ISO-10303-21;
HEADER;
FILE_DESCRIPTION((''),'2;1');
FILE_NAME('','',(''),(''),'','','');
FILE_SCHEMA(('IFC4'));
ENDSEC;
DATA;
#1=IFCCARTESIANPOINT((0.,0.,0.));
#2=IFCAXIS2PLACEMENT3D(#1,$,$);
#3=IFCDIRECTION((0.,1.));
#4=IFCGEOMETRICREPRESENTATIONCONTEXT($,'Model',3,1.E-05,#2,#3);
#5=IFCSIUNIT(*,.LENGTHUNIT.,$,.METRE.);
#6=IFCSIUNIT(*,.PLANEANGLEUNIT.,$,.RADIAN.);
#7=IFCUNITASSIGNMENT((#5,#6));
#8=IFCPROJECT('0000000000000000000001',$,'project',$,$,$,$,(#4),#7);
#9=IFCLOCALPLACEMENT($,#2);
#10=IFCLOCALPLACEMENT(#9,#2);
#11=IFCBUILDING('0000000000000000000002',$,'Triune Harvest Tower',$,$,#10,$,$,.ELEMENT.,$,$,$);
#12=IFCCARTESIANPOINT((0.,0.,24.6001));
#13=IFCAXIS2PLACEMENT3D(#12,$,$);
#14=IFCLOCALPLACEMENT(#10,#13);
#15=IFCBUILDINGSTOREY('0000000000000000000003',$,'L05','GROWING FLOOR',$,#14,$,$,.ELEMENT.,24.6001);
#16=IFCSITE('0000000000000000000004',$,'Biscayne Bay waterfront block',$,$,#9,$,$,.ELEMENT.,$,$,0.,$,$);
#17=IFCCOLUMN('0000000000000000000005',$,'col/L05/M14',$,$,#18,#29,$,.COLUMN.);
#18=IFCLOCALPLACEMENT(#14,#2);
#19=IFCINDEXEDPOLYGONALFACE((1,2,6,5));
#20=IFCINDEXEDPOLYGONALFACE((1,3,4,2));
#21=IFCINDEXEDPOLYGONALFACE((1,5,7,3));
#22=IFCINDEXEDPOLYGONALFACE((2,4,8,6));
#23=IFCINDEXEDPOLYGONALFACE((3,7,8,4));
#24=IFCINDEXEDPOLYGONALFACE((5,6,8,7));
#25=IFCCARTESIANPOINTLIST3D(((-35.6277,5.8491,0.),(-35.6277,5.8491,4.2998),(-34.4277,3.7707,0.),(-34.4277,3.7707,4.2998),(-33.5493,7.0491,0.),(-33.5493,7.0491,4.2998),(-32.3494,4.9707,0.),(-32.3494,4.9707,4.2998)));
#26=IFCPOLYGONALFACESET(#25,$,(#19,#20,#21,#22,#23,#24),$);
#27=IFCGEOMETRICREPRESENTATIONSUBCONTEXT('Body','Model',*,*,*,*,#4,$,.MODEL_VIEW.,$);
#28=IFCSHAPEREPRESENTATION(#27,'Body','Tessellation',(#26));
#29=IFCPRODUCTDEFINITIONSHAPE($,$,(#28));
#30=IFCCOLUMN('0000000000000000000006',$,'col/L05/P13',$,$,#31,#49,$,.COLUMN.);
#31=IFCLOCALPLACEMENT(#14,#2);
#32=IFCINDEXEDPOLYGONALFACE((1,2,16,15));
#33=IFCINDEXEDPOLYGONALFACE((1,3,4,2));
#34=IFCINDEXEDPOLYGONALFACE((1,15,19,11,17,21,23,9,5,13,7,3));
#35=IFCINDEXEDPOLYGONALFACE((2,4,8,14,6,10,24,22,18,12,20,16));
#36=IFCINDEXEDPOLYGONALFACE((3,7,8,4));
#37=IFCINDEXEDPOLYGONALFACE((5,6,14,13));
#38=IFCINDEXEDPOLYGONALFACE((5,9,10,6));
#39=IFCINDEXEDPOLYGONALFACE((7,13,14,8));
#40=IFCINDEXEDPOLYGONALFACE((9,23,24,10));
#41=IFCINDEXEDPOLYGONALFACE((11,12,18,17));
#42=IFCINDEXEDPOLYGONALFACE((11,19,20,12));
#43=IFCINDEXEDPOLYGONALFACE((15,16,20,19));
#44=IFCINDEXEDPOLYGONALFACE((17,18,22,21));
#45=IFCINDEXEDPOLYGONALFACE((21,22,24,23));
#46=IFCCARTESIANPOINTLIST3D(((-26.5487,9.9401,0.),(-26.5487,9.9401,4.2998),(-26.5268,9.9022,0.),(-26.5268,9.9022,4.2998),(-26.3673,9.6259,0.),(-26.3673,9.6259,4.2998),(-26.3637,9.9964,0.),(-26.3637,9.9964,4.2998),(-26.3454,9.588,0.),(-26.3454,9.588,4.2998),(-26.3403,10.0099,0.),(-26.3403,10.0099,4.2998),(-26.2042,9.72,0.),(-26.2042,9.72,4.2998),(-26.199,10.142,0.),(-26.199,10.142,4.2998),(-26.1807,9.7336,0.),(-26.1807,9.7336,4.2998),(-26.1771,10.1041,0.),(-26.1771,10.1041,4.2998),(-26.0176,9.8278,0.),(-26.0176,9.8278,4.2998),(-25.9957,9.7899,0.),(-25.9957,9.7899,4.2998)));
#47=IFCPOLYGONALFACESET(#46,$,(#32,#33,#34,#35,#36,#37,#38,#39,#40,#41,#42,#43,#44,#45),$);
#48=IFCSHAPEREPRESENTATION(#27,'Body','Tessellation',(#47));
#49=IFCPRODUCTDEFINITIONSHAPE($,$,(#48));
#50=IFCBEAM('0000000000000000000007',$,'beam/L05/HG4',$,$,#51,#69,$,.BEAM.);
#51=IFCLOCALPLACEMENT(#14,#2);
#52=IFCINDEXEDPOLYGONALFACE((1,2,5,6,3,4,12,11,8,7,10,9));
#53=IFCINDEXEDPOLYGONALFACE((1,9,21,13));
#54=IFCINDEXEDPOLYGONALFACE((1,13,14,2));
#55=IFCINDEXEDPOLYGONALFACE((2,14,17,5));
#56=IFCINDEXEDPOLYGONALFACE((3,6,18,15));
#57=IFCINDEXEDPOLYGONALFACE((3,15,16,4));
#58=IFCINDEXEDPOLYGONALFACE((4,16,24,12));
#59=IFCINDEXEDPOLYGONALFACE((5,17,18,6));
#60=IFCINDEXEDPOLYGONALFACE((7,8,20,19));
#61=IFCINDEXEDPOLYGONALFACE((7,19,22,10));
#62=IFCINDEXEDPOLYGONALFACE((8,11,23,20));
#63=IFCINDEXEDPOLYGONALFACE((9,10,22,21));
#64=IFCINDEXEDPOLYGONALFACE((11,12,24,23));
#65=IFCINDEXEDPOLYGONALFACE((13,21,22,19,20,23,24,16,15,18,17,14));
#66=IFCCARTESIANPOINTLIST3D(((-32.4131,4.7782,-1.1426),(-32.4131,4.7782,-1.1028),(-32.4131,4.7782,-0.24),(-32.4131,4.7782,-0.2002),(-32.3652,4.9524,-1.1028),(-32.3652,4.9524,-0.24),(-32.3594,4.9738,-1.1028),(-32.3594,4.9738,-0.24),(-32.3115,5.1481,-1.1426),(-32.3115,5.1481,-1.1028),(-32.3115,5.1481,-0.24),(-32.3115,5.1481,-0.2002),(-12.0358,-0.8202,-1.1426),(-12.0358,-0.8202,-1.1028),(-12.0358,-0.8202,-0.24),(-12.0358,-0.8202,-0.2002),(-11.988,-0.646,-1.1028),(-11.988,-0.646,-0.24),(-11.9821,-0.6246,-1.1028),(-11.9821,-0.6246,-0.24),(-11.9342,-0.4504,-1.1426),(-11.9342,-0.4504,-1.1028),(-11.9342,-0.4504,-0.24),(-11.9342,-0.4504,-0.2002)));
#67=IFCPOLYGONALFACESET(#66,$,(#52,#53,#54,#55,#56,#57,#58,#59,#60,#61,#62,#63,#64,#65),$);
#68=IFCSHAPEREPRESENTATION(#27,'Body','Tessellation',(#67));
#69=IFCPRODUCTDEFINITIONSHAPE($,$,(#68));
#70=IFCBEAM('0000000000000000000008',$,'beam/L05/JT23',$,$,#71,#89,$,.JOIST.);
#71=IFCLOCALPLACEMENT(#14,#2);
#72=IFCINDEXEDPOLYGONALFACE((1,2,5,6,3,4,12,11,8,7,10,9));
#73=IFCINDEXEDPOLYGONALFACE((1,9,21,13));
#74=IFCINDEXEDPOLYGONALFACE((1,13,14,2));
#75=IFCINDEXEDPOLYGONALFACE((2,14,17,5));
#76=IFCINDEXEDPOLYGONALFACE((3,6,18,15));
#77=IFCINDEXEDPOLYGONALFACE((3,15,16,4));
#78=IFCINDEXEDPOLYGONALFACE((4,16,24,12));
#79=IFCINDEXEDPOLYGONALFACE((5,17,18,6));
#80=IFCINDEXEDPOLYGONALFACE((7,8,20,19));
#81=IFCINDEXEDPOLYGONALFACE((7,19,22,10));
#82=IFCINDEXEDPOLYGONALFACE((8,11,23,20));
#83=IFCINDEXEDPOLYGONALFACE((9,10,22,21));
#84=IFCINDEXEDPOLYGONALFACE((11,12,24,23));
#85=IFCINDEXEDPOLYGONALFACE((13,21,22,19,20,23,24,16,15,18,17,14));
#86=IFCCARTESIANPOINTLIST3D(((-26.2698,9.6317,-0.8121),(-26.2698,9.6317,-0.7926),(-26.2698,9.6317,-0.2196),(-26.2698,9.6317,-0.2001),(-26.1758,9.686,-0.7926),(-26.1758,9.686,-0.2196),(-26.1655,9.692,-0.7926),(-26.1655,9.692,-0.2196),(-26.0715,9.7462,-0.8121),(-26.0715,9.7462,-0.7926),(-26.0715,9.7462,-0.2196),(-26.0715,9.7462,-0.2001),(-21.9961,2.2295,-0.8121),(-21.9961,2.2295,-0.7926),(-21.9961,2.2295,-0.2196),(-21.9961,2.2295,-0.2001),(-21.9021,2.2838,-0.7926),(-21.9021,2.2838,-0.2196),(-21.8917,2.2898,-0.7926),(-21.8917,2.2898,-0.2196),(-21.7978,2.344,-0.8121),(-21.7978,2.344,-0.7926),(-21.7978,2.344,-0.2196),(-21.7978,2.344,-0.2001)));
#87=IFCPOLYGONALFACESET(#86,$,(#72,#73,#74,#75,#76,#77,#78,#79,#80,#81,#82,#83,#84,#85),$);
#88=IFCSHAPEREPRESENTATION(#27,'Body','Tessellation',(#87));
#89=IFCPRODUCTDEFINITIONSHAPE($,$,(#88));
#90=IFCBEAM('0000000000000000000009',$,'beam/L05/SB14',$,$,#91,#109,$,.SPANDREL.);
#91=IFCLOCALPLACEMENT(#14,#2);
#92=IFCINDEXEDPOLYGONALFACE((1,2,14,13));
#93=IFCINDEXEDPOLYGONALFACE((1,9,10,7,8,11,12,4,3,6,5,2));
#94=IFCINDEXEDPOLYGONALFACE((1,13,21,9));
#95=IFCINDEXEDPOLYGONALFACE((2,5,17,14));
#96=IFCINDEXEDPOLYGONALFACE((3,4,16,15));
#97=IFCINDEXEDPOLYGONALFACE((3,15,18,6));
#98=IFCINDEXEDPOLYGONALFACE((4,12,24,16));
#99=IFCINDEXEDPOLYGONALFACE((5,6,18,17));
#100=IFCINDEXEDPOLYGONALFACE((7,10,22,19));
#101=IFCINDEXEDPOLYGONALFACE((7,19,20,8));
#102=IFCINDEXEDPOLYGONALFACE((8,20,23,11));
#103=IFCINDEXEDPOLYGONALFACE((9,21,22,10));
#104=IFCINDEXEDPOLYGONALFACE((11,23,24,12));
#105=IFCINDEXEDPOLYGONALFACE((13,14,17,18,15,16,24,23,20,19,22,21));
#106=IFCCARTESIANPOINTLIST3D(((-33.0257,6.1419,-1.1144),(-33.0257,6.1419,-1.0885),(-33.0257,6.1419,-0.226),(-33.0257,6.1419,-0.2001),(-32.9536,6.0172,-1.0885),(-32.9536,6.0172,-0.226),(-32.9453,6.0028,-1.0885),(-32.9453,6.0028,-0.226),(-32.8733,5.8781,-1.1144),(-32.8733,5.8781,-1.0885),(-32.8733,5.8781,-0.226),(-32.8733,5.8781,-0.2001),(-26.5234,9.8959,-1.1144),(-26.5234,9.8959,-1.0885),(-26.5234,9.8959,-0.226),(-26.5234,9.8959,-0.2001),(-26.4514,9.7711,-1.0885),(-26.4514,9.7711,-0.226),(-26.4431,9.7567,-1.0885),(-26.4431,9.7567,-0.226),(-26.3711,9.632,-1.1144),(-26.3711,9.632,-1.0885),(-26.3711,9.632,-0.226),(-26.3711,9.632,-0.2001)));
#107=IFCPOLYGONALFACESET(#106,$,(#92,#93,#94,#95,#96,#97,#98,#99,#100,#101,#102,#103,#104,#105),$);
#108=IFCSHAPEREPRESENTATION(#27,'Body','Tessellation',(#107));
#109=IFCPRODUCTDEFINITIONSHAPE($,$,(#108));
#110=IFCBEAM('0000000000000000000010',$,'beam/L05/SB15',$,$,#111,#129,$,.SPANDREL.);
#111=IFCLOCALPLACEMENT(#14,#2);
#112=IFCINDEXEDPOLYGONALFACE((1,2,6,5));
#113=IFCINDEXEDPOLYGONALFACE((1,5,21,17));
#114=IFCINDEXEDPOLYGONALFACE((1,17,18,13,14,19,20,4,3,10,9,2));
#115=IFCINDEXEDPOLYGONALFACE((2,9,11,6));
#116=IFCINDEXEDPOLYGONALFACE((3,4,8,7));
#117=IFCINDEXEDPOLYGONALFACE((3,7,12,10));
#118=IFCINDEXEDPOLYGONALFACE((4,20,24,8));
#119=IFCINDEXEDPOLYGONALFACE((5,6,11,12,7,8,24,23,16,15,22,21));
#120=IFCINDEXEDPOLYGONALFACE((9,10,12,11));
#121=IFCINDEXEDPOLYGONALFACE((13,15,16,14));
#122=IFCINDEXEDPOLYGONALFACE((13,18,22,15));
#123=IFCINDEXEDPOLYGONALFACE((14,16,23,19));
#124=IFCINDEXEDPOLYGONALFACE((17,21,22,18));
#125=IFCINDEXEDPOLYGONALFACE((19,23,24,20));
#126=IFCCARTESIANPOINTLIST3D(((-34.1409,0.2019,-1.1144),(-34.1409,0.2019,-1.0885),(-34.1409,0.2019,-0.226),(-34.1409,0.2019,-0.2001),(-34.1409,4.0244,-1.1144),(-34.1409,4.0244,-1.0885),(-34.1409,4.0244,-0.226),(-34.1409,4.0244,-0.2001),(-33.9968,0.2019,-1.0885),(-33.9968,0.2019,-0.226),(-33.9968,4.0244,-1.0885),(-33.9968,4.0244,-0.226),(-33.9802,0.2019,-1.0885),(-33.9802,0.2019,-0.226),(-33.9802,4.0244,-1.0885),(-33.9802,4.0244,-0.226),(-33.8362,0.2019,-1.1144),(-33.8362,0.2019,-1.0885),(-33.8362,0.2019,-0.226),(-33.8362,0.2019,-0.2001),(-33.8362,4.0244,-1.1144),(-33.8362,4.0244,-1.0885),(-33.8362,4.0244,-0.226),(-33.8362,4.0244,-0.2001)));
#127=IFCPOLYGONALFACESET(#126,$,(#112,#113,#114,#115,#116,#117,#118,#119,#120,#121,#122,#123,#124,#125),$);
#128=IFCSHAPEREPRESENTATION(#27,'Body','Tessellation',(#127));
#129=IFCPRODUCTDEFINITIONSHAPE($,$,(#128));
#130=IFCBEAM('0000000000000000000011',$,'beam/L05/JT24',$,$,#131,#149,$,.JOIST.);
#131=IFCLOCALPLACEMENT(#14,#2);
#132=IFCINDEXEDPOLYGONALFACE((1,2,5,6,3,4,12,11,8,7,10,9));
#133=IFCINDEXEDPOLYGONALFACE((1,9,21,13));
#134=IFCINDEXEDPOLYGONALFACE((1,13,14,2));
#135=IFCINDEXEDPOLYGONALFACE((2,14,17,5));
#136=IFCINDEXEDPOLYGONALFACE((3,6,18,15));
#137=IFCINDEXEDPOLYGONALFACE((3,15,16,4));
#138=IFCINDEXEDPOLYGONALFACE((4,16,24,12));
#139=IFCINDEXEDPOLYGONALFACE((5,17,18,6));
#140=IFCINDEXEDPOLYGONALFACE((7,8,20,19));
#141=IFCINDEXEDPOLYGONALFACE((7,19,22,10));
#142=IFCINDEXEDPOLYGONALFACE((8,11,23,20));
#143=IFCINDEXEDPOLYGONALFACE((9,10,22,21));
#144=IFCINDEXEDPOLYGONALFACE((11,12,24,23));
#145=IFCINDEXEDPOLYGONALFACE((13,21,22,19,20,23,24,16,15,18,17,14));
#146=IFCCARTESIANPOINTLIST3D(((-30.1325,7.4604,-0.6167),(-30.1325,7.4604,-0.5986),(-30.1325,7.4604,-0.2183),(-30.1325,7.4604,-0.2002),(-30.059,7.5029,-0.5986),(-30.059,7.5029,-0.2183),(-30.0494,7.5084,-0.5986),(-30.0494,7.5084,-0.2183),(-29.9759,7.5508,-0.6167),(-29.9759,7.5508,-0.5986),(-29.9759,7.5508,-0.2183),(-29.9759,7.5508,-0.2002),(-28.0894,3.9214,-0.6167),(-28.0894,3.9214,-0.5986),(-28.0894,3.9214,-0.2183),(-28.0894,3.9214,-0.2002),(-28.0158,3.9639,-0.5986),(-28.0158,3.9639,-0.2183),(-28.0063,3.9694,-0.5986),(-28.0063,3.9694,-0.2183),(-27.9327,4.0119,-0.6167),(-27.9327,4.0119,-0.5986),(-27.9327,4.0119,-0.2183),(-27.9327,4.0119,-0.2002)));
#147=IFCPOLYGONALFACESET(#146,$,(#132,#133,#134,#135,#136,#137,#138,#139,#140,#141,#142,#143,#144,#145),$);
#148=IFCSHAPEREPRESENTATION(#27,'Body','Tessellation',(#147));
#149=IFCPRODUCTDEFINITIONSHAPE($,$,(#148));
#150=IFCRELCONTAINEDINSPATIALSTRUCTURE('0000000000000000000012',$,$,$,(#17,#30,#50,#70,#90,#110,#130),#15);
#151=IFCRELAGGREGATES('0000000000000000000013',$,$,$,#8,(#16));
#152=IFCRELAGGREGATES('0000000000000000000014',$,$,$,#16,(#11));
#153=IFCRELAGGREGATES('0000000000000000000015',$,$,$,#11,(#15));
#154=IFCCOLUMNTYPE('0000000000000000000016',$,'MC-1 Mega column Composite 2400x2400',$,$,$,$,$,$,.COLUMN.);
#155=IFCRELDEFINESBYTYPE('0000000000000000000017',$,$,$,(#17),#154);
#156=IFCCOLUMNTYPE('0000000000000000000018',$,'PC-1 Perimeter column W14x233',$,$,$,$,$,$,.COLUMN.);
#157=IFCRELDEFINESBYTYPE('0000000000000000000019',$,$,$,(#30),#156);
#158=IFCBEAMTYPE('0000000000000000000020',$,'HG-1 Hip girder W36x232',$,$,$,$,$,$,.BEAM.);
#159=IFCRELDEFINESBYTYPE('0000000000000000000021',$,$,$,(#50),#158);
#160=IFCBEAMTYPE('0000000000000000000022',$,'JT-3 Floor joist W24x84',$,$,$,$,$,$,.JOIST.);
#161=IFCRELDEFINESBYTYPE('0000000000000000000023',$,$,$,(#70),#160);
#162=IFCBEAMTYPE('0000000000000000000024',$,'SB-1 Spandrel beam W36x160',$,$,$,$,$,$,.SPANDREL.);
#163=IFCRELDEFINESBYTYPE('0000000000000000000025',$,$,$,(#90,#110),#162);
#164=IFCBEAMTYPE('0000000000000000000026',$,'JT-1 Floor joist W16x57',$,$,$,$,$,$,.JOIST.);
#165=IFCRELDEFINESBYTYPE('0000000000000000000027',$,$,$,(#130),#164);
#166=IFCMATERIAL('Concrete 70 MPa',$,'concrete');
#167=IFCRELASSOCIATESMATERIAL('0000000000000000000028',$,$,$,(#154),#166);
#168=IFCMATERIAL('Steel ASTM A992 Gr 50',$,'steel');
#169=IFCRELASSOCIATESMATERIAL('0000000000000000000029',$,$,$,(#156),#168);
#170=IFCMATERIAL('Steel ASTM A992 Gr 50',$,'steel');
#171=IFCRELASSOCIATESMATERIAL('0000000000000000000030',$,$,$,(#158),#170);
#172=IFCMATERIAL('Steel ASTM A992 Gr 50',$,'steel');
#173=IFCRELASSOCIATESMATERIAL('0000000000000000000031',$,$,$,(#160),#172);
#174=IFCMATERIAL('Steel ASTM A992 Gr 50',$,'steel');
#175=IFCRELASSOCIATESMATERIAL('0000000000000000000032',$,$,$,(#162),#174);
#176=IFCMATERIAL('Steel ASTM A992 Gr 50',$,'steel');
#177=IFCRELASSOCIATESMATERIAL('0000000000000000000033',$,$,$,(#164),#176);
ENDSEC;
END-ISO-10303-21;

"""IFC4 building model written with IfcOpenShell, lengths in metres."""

from ifc_helpers import new_model, si_unit, direction, frame, origin, origin_2d, place, context, subcontext, project, spatial, rectangle, i_section, extrude, source, transform, mapped, material, material_profile, profile_set, type_object, element, save


model = new_model("IFC4")

# Units and contexts
model_context = context("Model", 3, precision=1e-05, world=origin(), true_north=direction((0.0, 1.0)))
body_context = subcontext(model_context, "Body", "Model", "MODEL_VIEW")
ifc_project = project(units=[si_unit("LENGTHUNIT", "METRE"), si_unit("PLANEANGLEUNIT", "RADIAN")], contexts=[model_context])

# Site, building, storey
site_placement = place(None, origin())
site = spatial("IfcSite", under=ifc_project, at=site_placement, Name="Biscayne Bay waterfront block", CompositionType="ELEMENT", RefElevation=0.0)
building_placement = place(site_placement, origin())
building = spatial("IfcBuilding", under=site, at=building_placement, Name="Triune Harvest Tower", CompositionType="ELEMENT")
storey_placement = place(building_placement, frame((0.0, 0.0, 24.6001)))
storey = spatial("IfcBuildingStorey", under=building, at=storey_placement, Name="L05", Description="GROWING FLOOR", CompositionType="ELEMENT", Elevation=24.6001)

# Columns
ifc_material_1 = material(Name="Concrete 70 MPa", Category="concrete")
ifc_material_profile_1 = material_profile(ifc_material_1, rectangle(XDim=2.3999, YDim=2.3999, at=origin_2d()), Name="Composite 2400x2400")
ifc_profile_set_1 = profile_set([ifc_material_profile_1], Name="Concrete 70 MPa")
column_type_1 = type_object("IfcColumnType", Name="MC-1 Mega column Composite 2400x2400", PredefinedType="COLUMN", material=ifc_profile_set_1)
shared_shape_1 = source(origin(), body_context, "Body", "SweptSolid", [
    extrude(rectangle(XDim=2.3999, YDim=2.3999, at=origin_2d()), origin(), (0.0, 0.0, 1.0), 4.2998),
])
column_1_placement = place(storey_placement, frame((-33.9885, 5.4099, 0.0), z_axis=(0.0, 0.0, 1.0), x_axis=(-0.866025, -0.5, 0.0)))
element("IfcColumn", 1, at=column_1_placement, inside=storey, type_object=column_type_1, Name="col/L05/M14", PredefinedType="COLUMN", context=body_context, shape_type="MappedRepresentation", body=[
    mapped(shared_shape_1, transform((0.0, 0.0, 0.0), scale=1.0)),
])
ifc_material_2 = material(Name="Steel ASTM A992 Gr 50", Category="steel")
ifc_material_profile_2 = material_profile(ifc_material_2, i_section(OverallWidth=0.4038, OverallDepth=0.4065, WebThickness=0.0271, FlangeThickness=0.0437, at=origin_2d()), Name="W14x233")
ifc_profile_set_2 = profile_set([ifc_material_profile_2], Name="Steel ASTM A992 Gr 50")
column_type_2 = type_object("IfcColumnType", Name="PC-1 Perimeter column W14x233", PredefinedType="COLUMN", material=ifc_profile_set_2)
shared_shape_2 = source(origin(), body_context, "Body", "SweptSolid", [
    extrude(i_section(OverallWidth=0.4038, OverallDepth=0.4065, WebThickness=0.0271, FlangeThickness=0.0437, at=origin_2d()), origin(), (0.0, 0.0, 1.0), 4.2998),
])
column_2_placement = place(storey_placement, frame((-26.2722, 9.865, 0.0), z_axis=(0.0, 0.0, 1.0), x_axis=(-0.866025, -0.5, 0.0)))
element("IfcColumn", 2, at=column_2_placement, inside=storey, type_object=column_type_2, Name="col/L05/P13", PredefinedType="COLUMN", context=body_context, shape_type="MappedRepresentation", body=[
    mapped(shared_shape_2, transform((0.0, 0.0, 0.0), scale=1.0)),
])

# Beams
ifc_material_3 = material(Name="Steel ASTM A992 Gr 50", Category="steel")
ifc_material_profile_3 = material_profile(ifc_material_3, i_section(OverallWidth=0.3835, OverallDepth=0.9424, WebThickness=0.0222, FlangeThickness=0.0398, at=origin_2d()), Name="W36x232")
ifc_profile_set_3 = profile_set([ifc_material_profile_3], Name="Steel ASTM A992 Gr 50")
beam_type_1 = type_object("IfcBeamType", Name="HG-1 Hip girder W36x232", PredefinedType="BEAM", material=ifc_profile_set_3)
shared_shape_3 = source(origin(), body_context, "Body", "SweptSolid", [
    extrude(i_section(OverallWidth=0.3835, OverallDepth=0.9424, WebThickness=0.0222, FlangeThickness=0.0398, at=origin_2d()), origin(), (0.0, 0.0, 1.0), 21.1323),
])
beam_1_placement = place(storey_placement, frame((-32.3623, 4.9631, -0.6714), z_axis=(0.96427, -0.264922, 0.0), x_axis=(0.264922, 0.96427, 0.0)))
element("IfcBeam", 3, at=beam_1_placement, inside=storey, type_object=beam_type_1, Name="beam/L05/HG4", PredefinedType="BEAM", context=body_context, shape_type="MappedRepresentation", body=[
    mapped(shared_shape_3, transform((0.0, 0.0, 0.0), scale=1.0)),
])
ifc_material_4 = material(Name="Steel ASTM A992 Gr 50", Category="steel")
ifc_material_profile_4 = material_profile(ifc_material_4, i_section(OverallWidth=0.229, OverallDepth=0.6121, WebThickness=0.012, FlangeThickness=0.0195, at=origin_2d()), Name="W24x84")
ifc_profile_set_4 = profile_set([ifc_material_profile_4], Name="Steel ASTM A992 Gr 50")
beam_type_2 = type_object("IfcBeamType", Name="JT-3 Floor joist W24x84", PredefinedType="JOIST", material=ifc_profile_set_4)
shared_shape_4 = source(origin(), body_context, "Body", "SweptSolid", [
    extrude(i_section(OverallWidth=0.229, OverallDepth=0.6121, WebThickness=0.012, FlangeThickness=0.0195, at=origin_2d()), origin(), (0.0, 0.0, 1.0), 8.5474),
])
beam_2_placement = place(storey_placement, frame((-26.1707, 9.689, -0.5061), z_axis=(0.500007, -0.866021, 0.0), x_axis=(0.866021, 0.500007, 0.0)))
element("IfcBeam", 4, at=beam_2_placement, inside=storey, type_object=beam_type_2, Name="beam/L05/JT23", PredefinedType="JOIST", context=body_context, shape_type="MappedRepresentation", body=[
    mapped(shared_shape_4, transform((0.0, 0.0, 0.0), scale=1.0)),
])
ifc_material_5 = material(Name="Steel ASTM A992 Gr 50", Category="steel")
ifc_material_profile_5 = material_profile(ifc_material_5, i_section(OverallWidth=0.3047, OverallDepth=0.9143, WebThickness=0.0166, FlangeThickness=0.0259, at=origin_2d()), Name="W36x160")
ifc_profile_set_5 = profile_set([ifc_material_profile_5], Name="Steel ASTM A992 Gr 50")
beam_type_3 = type_object("IfcBeamType", Name="SB-1 Spandrel beam W36x160", PredefinedType="SPANDREL", material=ifc_profile_set_5)
shared_shape_5 = source(origin(), body_context, "Body", "SweptSolid", [
    extrude(i_section(OverallWidth=0.3047, OverallDepth=0.9143, WebThickness=0.0166, FlangeThickness=0.0259, at=origin_2d()), origin(), (0.0, 0.0, 1.0), 7.5081),
])
beam_3_placement = place(storey_placement, frame((-26.4473, 9.7639, -0.6572), z_axis=(-0.866033, -0.499986, 0.0), x_axis=(0.499986, -0.866033, 0.0)))
element("IfcBeam", 5, at=beam_3_placement, inside=storey, type_object=beam_type_3, Name="beam/L05/SB14", PredefinedType="SPANDREL", context=body_context, shape_type="MappedRepresentation", body=[
    mapped(shared_shape_5, transform((0.0, 0.0, 0.0), scale=1.0)),
])
shared_shape_6 = source(origin(), body_context, "Body", "SweptSolid", [
    extrude(i_section(OverallWidth=0.3047, OverallDepth=0.9143, WebThickness=0.0166, FlangeThickness=0.0259, at=origin_2d()), origin(), (0.0, 0.0, 1.0), 3.8225),
])
beam_4_placement = place(storey_placement, frame((-33.9885, 4.0244, -0.6572), z_axis=(0.0, -1.0, 0.0), x_axis=(1.0, 0.0, 0.0)))
element("IfcBeam", 6, at=beam_4_placement, inside=storey, type_object=beam_type_3, Name="beam/L05/SB15", PredefinedType="SPANDREL", context=body_context, shape_type="MappedRepresentation", body=[
    mapped(shared_shape_6, transform((0.0, 0.0, 0.0), scale=1.0)),
])
ifc_material_6 = material(Name="Steel ASTM A992 Gr 50", Category="steel")
ifc_material_profile_6 = material_profile(ifc_material_6, i_section(OverallWidth=0.1809, OverallDepth=0.4165, WebThickness=0.011, FlangeThickness=0.0181, at=origin_2d()), Name="W16x57")
ifc_profile_set_6 = profile_set([ifc_material_profile_6], Name="Steel ASTM A992 Gr 50")
beam_type_4 = type_object("IfcBeamType", Name="JT-1 Floor joist W16x57", PredefinedType="JOIST", material=ifc_profile_set_6)
shared_shape_7 = source(origin(), body_context, "Body", "SweptSolid", [
    extrude(i_section(OverallWidth=0.1809, OverallDepth=0.4165, WebThickness=0.011, FlangeThickness=0.0181, at=origin_2d()), origin(), (0.0, 0.0, 1.0), 4.0864),
])
beam_5_placement = place(storey_placement, frame((-30.0542, 7.5056, -0.4084), z_axis=(0.499988, -0.866032, 0.0), x_axis=(0.866032, 0.499988, 0.0)))
element("IfcBeam", 7, at=beam_5_placement, inside=storey, type_object=beam_type_4, Name="beam/L05/JT24", PredefinedType="JOIST", context=body_context, shape_type="MappedRepresentation", body=[
    mapped(shared_shape_7, transform((0.0, 0.0, 0.0), scale=1.0)),
])

save(model, "model.ifc")
